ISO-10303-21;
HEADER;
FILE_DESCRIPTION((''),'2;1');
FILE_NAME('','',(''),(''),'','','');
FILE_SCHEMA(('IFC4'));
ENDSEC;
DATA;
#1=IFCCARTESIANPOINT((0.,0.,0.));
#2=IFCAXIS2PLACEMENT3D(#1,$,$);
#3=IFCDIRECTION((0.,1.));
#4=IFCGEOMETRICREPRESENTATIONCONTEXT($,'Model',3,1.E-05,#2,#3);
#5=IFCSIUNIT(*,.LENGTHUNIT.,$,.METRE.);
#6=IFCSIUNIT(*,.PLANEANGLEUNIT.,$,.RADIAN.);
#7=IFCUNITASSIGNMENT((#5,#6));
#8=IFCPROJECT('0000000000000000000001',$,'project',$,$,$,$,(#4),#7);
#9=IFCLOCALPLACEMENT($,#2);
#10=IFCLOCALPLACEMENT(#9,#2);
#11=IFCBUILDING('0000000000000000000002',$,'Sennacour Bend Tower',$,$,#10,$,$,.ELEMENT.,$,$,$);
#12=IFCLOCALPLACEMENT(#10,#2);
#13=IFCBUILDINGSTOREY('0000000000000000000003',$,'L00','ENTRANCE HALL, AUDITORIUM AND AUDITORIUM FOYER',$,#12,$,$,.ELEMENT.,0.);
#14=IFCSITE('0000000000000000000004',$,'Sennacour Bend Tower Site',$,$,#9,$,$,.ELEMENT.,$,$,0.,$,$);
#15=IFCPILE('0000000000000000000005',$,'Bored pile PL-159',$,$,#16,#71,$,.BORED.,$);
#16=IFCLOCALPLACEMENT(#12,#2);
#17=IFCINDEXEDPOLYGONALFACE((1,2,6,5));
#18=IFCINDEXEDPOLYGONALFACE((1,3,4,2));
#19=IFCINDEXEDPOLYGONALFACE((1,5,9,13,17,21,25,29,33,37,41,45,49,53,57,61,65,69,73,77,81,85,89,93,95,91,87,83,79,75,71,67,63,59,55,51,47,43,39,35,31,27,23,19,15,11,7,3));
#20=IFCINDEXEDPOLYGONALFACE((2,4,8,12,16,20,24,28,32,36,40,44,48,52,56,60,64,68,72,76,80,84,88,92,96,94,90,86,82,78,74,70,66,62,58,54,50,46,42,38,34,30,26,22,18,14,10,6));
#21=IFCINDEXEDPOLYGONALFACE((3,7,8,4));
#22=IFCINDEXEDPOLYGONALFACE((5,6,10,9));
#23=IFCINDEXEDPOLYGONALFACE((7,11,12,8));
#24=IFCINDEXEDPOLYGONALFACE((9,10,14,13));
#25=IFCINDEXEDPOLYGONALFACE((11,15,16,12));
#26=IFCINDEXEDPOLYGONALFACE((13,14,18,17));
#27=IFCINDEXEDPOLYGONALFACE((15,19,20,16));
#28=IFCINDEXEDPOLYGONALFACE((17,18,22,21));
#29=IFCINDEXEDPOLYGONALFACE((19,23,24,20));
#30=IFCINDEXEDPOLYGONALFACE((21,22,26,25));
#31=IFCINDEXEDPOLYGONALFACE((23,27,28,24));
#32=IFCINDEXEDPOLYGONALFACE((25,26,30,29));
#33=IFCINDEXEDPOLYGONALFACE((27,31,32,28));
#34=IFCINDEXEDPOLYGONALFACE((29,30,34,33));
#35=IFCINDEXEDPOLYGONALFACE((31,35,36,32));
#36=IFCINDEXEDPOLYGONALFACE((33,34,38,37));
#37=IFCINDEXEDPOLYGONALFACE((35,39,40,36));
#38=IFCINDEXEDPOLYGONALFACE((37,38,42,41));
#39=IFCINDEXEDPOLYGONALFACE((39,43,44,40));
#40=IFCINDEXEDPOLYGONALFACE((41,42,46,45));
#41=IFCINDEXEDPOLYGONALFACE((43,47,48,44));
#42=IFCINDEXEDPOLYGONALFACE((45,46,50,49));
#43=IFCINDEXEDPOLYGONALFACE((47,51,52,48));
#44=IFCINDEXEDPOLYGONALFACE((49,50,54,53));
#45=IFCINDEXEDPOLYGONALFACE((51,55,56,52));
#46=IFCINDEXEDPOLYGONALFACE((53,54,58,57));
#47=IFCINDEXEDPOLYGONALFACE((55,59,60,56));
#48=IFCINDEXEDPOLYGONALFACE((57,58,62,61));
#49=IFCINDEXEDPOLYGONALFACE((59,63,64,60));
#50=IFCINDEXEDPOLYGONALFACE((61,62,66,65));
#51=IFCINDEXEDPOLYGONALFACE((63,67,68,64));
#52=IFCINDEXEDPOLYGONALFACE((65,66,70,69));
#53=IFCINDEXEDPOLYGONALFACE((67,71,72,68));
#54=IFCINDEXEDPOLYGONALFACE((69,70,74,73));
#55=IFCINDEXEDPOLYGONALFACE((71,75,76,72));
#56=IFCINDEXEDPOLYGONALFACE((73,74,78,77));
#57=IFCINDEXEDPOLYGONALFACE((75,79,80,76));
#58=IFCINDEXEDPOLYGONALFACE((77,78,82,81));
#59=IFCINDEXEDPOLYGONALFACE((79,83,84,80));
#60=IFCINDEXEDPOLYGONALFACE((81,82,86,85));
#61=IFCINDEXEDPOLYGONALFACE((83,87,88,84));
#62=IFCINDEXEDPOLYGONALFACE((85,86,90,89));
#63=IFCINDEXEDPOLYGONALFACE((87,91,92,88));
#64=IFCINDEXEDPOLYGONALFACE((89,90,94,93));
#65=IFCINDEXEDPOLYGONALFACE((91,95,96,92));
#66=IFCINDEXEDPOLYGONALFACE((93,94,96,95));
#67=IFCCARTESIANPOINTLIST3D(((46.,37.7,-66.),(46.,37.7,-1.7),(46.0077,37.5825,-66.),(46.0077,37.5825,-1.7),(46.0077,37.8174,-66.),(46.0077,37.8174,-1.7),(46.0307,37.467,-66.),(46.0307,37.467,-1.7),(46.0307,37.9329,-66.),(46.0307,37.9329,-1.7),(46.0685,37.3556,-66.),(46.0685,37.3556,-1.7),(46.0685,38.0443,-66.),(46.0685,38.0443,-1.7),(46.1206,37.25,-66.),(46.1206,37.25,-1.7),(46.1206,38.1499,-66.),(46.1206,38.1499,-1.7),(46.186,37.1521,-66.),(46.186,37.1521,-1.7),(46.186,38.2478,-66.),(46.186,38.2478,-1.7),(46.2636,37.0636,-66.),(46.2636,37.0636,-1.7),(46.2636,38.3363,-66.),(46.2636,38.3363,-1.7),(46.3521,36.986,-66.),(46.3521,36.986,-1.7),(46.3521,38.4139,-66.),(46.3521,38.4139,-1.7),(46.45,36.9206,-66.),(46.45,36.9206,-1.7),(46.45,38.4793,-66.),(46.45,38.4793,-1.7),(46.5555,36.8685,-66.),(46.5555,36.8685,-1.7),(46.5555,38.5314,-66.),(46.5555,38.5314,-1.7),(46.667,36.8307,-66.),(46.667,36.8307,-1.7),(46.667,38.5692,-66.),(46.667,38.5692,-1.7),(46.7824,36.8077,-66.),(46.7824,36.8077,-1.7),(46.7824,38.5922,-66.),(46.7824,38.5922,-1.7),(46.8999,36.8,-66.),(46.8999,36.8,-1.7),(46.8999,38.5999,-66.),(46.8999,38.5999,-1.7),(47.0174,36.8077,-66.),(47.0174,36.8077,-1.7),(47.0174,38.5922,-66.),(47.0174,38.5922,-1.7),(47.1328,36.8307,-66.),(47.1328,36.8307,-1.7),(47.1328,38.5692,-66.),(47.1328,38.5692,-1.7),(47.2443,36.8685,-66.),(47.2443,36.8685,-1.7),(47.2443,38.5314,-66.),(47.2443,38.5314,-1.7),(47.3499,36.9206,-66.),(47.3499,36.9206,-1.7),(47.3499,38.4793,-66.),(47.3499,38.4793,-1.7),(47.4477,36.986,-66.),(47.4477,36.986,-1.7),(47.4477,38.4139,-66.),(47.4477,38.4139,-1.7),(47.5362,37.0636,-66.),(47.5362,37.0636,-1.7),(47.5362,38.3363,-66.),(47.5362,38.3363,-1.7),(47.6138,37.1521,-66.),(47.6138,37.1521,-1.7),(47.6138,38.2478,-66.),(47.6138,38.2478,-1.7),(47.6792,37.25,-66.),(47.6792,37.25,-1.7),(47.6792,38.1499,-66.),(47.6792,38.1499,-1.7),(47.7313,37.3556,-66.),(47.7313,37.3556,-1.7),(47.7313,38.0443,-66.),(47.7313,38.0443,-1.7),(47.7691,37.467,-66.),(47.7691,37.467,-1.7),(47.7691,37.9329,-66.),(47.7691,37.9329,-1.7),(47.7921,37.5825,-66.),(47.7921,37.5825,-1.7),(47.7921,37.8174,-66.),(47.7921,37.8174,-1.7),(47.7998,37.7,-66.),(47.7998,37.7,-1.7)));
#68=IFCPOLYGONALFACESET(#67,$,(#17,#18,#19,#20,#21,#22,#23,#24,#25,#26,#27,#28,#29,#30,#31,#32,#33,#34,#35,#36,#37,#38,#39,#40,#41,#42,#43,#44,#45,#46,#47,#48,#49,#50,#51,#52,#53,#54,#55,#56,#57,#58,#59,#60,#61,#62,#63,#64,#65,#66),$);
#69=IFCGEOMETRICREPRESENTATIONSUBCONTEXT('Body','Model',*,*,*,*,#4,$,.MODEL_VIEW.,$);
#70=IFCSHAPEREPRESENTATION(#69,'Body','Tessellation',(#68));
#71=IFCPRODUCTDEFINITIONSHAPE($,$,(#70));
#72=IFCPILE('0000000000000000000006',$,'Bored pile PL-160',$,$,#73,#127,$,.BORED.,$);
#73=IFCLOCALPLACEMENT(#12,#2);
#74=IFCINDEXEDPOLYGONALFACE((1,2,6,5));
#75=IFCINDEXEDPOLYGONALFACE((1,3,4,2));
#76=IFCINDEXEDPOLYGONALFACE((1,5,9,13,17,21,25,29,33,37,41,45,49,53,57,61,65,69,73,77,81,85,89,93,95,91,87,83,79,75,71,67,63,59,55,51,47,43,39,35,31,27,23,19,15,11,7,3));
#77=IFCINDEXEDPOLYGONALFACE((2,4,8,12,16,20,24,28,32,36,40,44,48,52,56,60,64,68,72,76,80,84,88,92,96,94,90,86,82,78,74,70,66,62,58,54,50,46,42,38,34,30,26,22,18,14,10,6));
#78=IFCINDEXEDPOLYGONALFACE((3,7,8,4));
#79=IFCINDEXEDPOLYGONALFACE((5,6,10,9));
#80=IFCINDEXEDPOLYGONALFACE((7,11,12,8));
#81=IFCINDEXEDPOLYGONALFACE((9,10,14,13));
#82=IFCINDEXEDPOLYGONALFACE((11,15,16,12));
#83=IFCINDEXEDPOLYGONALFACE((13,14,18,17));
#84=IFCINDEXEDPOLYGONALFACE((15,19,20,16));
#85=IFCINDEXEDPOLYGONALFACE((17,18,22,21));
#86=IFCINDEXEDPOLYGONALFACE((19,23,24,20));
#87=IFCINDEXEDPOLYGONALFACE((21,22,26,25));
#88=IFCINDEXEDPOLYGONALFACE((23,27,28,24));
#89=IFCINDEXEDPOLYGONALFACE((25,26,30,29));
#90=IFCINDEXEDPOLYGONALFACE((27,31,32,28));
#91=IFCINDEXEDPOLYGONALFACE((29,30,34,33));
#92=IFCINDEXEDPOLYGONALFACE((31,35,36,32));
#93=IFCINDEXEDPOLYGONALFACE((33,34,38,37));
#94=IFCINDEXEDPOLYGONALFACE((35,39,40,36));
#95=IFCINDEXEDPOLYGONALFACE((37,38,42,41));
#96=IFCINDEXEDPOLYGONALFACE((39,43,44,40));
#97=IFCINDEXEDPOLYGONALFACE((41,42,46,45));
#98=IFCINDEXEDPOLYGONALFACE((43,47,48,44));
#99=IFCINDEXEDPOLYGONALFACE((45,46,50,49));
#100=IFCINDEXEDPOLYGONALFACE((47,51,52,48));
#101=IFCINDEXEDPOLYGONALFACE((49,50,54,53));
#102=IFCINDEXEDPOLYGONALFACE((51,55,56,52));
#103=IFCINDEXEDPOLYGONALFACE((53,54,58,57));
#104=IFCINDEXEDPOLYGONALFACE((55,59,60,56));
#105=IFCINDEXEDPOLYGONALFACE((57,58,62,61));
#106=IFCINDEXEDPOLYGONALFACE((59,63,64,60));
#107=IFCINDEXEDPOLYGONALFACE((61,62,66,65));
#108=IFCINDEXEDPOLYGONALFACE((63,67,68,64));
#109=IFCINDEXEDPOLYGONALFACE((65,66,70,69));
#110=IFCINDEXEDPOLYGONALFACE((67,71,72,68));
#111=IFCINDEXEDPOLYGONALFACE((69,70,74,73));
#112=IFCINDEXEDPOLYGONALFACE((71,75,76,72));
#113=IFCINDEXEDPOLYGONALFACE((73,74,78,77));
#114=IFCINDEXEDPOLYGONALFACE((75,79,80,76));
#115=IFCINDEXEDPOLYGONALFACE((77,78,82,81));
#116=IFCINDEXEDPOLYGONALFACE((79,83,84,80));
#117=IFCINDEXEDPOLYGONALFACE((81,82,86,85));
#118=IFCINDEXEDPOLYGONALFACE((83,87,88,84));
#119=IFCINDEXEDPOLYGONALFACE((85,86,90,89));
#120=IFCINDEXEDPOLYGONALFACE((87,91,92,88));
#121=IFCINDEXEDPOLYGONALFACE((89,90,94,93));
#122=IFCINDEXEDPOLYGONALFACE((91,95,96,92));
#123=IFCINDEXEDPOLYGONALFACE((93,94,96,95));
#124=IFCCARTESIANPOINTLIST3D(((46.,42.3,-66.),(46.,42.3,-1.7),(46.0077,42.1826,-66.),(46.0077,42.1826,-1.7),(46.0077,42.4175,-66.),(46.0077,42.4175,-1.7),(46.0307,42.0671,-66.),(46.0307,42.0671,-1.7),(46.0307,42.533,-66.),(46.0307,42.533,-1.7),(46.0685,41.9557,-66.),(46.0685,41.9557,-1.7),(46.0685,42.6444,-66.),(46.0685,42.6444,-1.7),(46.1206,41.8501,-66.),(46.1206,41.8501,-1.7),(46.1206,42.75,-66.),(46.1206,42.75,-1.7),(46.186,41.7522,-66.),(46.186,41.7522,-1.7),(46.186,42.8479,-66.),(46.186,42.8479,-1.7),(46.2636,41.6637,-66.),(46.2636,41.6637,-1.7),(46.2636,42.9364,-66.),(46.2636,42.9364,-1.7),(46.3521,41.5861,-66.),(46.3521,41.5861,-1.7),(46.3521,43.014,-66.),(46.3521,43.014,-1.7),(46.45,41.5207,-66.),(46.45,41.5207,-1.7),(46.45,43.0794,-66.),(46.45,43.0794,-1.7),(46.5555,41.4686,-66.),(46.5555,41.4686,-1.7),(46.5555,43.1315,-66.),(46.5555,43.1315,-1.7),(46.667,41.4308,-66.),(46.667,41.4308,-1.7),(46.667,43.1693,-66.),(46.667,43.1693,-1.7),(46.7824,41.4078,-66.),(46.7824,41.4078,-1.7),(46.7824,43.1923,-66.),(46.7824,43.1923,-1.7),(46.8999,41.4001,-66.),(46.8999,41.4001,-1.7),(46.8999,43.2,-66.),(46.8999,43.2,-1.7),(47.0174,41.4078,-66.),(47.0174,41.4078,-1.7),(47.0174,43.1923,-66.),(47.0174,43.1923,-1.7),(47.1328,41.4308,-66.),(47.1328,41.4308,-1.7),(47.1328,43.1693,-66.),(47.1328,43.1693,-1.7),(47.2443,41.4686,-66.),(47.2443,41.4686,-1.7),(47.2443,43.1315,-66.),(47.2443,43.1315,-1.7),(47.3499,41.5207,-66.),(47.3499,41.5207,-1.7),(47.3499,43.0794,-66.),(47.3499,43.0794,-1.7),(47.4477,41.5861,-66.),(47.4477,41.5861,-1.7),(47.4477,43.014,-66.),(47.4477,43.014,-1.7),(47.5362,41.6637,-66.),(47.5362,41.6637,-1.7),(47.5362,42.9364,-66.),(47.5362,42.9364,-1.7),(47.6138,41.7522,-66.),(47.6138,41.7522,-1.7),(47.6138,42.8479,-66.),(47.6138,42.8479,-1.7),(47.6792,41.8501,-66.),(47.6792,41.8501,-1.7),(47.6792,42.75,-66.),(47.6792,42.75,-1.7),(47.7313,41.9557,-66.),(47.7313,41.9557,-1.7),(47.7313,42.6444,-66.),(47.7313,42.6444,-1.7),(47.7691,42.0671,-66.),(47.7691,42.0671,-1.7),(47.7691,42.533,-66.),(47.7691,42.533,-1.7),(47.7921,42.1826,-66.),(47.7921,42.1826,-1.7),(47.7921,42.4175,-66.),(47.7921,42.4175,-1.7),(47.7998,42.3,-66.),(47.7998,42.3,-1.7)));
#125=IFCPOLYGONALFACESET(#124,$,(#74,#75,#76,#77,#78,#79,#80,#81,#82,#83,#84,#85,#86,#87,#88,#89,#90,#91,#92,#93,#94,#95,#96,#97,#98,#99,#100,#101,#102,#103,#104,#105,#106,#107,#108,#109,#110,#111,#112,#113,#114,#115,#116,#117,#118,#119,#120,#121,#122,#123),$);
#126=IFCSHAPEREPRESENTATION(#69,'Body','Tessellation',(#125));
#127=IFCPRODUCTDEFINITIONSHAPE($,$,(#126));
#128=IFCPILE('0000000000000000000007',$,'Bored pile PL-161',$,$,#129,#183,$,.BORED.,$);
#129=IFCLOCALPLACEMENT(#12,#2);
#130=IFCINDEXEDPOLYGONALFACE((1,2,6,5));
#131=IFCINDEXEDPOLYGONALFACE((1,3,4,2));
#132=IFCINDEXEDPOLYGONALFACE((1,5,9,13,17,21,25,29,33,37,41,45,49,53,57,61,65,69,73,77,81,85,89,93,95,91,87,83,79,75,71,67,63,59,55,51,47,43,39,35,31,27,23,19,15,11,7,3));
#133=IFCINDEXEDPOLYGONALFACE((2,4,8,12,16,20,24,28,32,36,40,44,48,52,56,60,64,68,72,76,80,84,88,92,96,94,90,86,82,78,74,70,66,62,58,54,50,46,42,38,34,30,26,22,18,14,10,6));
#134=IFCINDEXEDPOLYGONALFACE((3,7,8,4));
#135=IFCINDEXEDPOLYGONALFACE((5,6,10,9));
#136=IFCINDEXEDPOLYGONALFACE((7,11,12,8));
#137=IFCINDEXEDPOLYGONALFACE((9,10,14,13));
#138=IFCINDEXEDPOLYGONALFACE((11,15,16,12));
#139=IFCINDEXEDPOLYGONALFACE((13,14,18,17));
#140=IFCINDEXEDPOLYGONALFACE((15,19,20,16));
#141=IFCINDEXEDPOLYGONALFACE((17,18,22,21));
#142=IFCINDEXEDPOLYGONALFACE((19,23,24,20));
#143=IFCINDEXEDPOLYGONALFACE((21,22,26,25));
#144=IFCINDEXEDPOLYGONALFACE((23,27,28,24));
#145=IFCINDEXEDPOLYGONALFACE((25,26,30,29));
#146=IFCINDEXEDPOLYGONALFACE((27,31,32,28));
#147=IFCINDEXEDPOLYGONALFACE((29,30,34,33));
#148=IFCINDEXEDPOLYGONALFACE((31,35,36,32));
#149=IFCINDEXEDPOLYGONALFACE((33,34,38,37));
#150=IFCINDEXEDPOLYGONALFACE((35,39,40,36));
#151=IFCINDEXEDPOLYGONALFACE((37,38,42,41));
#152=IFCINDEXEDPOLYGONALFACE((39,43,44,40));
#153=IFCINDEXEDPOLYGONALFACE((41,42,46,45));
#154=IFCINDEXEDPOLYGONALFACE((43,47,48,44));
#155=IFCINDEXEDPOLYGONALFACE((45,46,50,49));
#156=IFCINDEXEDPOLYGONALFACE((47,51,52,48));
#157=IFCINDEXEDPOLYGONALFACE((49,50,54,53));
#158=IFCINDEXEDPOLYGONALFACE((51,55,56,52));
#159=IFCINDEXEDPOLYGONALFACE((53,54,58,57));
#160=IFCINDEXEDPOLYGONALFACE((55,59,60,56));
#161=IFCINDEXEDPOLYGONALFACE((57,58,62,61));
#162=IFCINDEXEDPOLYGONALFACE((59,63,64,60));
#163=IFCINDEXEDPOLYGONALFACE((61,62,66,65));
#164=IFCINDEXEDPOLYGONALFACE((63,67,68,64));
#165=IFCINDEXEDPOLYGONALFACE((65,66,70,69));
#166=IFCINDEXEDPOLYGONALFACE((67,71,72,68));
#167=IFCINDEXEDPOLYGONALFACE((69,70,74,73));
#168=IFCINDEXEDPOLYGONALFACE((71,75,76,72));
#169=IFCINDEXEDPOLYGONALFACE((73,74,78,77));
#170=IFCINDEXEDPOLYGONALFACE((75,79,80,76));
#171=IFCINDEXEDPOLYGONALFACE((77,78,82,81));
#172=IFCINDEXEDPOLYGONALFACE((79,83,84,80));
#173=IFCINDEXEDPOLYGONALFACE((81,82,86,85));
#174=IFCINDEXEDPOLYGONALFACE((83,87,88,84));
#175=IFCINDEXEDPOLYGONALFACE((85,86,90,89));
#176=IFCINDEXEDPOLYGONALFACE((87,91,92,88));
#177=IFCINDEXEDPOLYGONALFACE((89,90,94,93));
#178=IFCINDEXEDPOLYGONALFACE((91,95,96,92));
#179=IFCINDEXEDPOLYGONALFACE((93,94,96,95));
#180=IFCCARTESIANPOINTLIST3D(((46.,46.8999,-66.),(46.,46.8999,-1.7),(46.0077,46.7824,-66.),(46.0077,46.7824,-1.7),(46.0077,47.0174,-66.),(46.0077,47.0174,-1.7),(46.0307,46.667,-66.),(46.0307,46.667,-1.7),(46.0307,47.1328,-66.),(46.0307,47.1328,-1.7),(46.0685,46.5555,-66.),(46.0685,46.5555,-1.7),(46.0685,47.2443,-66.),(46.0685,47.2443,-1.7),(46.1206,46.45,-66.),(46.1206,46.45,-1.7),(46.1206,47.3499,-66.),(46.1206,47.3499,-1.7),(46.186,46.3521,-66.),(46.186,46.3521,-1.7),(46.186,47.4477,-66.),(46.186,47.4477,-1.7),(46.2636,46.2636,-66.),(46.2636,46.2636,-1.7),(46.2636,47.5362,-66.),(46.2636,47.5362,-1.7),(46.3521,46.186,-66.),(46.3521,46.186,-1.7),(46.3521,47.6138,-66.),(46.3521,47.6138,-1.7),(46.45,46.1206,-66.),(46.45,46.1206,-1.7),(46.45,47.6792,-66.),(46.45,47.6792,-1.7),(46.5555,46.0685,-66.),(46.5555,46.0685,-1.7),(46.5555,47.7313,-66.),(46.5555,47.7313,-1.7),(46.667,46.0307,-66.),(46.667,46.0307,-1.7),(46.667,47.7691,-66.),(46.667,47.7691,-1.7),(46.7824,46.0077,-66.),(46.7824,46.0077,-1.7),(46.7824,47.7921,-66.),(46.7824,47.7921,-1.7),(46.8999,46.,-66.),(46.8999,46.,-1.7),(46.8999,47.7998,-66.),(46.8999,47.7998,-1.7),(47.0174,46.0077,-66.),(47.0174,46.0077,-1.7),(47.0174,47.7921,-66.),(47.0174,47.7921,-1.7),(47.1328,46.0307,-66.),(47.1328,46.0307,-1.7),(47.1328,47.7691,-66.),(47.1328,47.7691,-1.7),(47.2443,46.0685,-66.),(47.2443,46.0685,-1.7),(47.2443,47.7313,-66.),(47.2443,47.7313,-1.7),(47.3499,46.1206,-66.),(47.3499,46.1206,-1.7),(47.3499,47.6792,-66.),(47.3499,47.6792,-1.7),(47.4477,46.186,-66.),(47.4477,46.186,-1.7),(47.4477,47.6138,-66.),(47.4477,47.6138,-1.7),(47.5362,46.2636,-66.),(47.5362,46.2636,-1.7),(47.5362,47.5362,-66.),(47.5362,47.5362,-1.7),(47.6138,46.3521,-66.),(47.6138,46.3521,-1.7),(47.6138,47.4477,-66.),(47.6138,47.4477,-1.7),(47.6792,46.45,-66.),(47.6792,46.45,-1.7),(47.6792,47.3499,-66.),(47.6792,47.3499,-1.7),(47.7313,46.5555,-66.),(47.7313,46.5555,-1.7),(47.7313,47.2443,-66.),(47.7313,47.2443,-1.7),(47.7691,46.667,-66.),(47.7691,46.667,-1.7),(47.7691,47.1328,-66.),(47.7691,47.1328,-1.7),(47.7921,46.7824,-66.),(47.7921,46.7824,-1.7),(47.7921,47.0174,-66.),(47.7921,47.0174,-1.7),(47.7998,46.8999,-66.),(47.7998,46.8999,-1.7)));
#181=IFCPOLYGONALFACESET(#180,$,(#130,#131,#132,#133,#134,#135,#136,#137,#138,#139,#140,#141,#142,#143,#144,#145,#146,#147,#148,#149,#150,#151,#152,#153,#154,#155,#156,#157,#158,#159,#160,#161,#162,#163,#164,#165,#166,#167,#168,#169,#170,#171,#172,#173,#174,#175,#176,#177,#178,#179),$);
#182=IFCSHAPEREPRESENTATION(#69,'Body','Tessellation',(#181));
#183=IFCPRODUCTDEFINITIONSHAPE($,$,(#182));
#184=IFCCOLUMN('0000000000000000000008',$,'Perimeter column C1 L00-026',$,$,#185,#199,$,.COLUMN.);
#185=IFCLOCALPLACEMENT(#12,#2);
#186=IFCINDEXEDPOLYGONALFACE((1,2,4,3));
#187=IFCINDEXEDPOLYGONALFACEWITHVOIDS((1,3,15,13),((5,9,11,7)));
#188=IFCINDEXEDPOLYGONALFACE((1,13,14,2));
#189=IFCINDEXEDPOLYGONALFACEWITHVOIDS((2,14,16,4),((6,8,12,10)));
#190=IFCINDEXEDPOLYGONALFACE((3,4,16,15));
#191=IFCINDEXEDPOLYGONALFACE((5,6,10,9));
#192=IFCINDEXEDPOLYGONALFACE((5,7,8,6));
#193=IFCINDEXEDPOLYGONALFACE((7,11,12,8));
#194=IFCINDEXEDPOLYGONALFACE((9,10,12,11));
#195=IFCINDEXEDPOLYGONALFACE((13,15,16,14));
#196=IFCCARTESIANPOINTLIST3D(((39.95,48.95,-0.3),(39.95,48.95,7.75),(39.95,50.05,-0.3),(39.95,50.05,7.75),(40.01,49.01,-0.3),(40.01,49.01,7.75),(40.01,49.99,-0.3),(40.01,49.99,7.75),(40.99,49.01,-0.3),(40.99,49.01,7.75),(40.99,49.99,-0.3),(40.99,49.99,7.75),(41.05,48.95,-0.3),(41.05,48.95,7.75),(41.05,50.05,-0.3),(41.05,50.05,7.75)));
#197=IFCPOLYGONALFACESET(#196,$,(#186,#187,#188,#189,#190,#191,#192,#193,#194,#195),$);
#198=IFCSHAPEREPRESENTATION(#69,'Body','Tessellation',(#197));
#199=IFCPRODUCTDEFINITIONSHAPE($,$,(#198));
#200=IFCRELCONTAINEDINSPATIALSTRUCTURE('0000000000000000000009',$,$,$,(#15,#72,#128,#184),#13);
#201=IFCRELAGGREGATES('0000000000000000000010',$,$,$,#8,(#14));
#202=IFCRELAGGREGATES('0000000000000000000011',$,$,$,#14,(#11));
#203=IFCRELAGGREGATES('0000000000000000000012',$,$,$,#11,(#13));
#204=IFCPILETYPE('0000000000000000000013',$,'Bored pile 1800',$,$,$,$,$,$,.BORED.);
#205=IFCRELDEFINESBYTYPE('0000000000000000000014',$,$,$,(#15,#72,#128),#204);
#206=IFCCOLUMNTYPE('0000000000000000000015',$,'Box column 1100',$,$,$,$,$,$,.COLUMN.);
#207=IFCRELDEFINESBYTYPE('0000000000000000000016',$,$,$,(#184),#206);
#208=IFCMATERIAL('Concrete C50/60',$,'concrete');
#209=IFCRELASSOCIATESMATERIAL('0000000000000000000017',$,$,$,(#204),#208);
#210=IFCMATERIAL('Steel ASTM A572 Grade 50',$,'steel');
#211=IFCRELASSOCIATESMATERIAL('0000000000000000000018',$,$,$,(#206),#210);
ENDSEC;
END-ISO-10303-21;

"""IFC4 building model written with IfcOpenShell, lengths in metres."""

from ifc_helpers import new_model, si_unit, direction, frame, origin, origin_2d, place, context, subcontext, project, spatial, hollow_rectangle, circle, extrude, material, material_profile, profile_set, type_object, element, save


model = new_model("IFC4")

# Units and contexts
model_context = context("Model", 3, precision=1e-05, world=origin(), true_north=direction((0.0, 1.0)))
body_context = subcontext(model_context, "Body", "Model", "MODEL_VIEW")
ifc_project = project(units=[si_unit("LENGTHUNIT", "METRE"), si_unit("PLANEANGLEUNIT", "RADIAN")], contexts=[model_context])

# Site, building, storey
site_placement = place(None, origin())
site = spatial("IfcSite", under=ifc_project, at=site_placement, Name="Sennacour Bend Tower Site", CompositionType="ELEMENT", RefElevation=0.0)
building_placement = place(site_placement, origin())
building = spatial("IfcBuilding", under=site, at=building_placement, Name="Sennacour Bend Tower", CompositionType="ELEMENT")
storey_placement = place(building_placement, origin())
storey = spatial("IfcBuildingStorey", under=building, at=storey_placement, Name="L00", Description="ENTRANCE HALL, AUDITORIUM AND AUDITORIUM FOYER", CompositionType="ELEMENT", Elevation=0.0)

# Piles
ifc_material_1 = material(Name="Concrete C50/60", Category="concrete")
ifc_material_profile_1 = material_profile(ifc_material_1, circle(Radius=0.8999, at=origin_2d()), Name="Concrete C50/60", Category="concrete")
ifc_profile_set_1 = profile_set([ifc_material_profile_1], Name="Concrete C50/60")
pile_type = type_object("IfcPileType", Name="Bored pile 1800", PredefinedType="BORED", material=ifc_profile_set_1)
for number, where, z_axis, x_axis, name in (
    (1, (46.8999, 37.7, -1.7), (0.0, 0.0, -1.0), (1.0, 0.0, 0.0), "Bored pile PL-159"),
    (2, (46.8999, 42.3, -1.7), (0.0, 0.0, -1.0), (1.0, 0.0, 0.0), "Bored pile PL-160"),
    (3, (46.8999, 46.8999, -1.7), (0.0, 0.0, -1.0), (1.0, 0.0, 0.0), "Bored pile PL-161"),
):
    element("IfcPile", number, at=place(storey_placement, frame(where, z_axis=z_axis, x_axis=x_axis)), inside=storey, type_object=pile_type, Name=name, PredefinedType="BORED", context=body_context, shape_type="SweptSolid", body=[
        extrude(circle(Radius=0.8999, at=origin_2d()), origin(), (0.0, 0.0, 1.0), 64.3),
    ])

# Column
ifc_material_2 = material(Name="Steel ASTM A572 Grade 50", Category="steel")
ifc_material_profile_2 = material_profile(ifc_material_2, hollow_rectangle(XDim=1.1001, YDim=1.1001, WallThickness=0.0601, at=origin_2d()), Name="Steel ASTM A572 Grade 50", Category="steel")
ifc_profile_set_2 = profile_set([ifc_material_profile_2], Name="Steel ASTM A572 Grade 50")
column_type = type_object("IfcColumnType", Name="Box column 1100", PredefinedType="COLUMN", material=ifc_profile_set_2)
for number, where, z_axis, x_axis, name in (
    (4, (40.5, 49.5, -0.3), (0.0, 0.0, 1.0), (1.0, 0.0, 0.0), "Perimeter column C1 L00-026"),
):
    element("IfcColumn", number, at=place(storey_placement, frame(where, z_axis=z_axis, x_axis=x_axis)), inside=storey, type_object=column_type, Name=name, PredefinedType="COLUMN", context=body_context, shape_type="SweptSolid", body=[
        extrude(hollow_rectangle(XDim=1.1001, YDim=1.1001, WallThickness=0.0601, at=origin_2d()), origin(), (0.0, 0.0, 1.0), 8.05),
    ])

save(model, "model.ifc")
